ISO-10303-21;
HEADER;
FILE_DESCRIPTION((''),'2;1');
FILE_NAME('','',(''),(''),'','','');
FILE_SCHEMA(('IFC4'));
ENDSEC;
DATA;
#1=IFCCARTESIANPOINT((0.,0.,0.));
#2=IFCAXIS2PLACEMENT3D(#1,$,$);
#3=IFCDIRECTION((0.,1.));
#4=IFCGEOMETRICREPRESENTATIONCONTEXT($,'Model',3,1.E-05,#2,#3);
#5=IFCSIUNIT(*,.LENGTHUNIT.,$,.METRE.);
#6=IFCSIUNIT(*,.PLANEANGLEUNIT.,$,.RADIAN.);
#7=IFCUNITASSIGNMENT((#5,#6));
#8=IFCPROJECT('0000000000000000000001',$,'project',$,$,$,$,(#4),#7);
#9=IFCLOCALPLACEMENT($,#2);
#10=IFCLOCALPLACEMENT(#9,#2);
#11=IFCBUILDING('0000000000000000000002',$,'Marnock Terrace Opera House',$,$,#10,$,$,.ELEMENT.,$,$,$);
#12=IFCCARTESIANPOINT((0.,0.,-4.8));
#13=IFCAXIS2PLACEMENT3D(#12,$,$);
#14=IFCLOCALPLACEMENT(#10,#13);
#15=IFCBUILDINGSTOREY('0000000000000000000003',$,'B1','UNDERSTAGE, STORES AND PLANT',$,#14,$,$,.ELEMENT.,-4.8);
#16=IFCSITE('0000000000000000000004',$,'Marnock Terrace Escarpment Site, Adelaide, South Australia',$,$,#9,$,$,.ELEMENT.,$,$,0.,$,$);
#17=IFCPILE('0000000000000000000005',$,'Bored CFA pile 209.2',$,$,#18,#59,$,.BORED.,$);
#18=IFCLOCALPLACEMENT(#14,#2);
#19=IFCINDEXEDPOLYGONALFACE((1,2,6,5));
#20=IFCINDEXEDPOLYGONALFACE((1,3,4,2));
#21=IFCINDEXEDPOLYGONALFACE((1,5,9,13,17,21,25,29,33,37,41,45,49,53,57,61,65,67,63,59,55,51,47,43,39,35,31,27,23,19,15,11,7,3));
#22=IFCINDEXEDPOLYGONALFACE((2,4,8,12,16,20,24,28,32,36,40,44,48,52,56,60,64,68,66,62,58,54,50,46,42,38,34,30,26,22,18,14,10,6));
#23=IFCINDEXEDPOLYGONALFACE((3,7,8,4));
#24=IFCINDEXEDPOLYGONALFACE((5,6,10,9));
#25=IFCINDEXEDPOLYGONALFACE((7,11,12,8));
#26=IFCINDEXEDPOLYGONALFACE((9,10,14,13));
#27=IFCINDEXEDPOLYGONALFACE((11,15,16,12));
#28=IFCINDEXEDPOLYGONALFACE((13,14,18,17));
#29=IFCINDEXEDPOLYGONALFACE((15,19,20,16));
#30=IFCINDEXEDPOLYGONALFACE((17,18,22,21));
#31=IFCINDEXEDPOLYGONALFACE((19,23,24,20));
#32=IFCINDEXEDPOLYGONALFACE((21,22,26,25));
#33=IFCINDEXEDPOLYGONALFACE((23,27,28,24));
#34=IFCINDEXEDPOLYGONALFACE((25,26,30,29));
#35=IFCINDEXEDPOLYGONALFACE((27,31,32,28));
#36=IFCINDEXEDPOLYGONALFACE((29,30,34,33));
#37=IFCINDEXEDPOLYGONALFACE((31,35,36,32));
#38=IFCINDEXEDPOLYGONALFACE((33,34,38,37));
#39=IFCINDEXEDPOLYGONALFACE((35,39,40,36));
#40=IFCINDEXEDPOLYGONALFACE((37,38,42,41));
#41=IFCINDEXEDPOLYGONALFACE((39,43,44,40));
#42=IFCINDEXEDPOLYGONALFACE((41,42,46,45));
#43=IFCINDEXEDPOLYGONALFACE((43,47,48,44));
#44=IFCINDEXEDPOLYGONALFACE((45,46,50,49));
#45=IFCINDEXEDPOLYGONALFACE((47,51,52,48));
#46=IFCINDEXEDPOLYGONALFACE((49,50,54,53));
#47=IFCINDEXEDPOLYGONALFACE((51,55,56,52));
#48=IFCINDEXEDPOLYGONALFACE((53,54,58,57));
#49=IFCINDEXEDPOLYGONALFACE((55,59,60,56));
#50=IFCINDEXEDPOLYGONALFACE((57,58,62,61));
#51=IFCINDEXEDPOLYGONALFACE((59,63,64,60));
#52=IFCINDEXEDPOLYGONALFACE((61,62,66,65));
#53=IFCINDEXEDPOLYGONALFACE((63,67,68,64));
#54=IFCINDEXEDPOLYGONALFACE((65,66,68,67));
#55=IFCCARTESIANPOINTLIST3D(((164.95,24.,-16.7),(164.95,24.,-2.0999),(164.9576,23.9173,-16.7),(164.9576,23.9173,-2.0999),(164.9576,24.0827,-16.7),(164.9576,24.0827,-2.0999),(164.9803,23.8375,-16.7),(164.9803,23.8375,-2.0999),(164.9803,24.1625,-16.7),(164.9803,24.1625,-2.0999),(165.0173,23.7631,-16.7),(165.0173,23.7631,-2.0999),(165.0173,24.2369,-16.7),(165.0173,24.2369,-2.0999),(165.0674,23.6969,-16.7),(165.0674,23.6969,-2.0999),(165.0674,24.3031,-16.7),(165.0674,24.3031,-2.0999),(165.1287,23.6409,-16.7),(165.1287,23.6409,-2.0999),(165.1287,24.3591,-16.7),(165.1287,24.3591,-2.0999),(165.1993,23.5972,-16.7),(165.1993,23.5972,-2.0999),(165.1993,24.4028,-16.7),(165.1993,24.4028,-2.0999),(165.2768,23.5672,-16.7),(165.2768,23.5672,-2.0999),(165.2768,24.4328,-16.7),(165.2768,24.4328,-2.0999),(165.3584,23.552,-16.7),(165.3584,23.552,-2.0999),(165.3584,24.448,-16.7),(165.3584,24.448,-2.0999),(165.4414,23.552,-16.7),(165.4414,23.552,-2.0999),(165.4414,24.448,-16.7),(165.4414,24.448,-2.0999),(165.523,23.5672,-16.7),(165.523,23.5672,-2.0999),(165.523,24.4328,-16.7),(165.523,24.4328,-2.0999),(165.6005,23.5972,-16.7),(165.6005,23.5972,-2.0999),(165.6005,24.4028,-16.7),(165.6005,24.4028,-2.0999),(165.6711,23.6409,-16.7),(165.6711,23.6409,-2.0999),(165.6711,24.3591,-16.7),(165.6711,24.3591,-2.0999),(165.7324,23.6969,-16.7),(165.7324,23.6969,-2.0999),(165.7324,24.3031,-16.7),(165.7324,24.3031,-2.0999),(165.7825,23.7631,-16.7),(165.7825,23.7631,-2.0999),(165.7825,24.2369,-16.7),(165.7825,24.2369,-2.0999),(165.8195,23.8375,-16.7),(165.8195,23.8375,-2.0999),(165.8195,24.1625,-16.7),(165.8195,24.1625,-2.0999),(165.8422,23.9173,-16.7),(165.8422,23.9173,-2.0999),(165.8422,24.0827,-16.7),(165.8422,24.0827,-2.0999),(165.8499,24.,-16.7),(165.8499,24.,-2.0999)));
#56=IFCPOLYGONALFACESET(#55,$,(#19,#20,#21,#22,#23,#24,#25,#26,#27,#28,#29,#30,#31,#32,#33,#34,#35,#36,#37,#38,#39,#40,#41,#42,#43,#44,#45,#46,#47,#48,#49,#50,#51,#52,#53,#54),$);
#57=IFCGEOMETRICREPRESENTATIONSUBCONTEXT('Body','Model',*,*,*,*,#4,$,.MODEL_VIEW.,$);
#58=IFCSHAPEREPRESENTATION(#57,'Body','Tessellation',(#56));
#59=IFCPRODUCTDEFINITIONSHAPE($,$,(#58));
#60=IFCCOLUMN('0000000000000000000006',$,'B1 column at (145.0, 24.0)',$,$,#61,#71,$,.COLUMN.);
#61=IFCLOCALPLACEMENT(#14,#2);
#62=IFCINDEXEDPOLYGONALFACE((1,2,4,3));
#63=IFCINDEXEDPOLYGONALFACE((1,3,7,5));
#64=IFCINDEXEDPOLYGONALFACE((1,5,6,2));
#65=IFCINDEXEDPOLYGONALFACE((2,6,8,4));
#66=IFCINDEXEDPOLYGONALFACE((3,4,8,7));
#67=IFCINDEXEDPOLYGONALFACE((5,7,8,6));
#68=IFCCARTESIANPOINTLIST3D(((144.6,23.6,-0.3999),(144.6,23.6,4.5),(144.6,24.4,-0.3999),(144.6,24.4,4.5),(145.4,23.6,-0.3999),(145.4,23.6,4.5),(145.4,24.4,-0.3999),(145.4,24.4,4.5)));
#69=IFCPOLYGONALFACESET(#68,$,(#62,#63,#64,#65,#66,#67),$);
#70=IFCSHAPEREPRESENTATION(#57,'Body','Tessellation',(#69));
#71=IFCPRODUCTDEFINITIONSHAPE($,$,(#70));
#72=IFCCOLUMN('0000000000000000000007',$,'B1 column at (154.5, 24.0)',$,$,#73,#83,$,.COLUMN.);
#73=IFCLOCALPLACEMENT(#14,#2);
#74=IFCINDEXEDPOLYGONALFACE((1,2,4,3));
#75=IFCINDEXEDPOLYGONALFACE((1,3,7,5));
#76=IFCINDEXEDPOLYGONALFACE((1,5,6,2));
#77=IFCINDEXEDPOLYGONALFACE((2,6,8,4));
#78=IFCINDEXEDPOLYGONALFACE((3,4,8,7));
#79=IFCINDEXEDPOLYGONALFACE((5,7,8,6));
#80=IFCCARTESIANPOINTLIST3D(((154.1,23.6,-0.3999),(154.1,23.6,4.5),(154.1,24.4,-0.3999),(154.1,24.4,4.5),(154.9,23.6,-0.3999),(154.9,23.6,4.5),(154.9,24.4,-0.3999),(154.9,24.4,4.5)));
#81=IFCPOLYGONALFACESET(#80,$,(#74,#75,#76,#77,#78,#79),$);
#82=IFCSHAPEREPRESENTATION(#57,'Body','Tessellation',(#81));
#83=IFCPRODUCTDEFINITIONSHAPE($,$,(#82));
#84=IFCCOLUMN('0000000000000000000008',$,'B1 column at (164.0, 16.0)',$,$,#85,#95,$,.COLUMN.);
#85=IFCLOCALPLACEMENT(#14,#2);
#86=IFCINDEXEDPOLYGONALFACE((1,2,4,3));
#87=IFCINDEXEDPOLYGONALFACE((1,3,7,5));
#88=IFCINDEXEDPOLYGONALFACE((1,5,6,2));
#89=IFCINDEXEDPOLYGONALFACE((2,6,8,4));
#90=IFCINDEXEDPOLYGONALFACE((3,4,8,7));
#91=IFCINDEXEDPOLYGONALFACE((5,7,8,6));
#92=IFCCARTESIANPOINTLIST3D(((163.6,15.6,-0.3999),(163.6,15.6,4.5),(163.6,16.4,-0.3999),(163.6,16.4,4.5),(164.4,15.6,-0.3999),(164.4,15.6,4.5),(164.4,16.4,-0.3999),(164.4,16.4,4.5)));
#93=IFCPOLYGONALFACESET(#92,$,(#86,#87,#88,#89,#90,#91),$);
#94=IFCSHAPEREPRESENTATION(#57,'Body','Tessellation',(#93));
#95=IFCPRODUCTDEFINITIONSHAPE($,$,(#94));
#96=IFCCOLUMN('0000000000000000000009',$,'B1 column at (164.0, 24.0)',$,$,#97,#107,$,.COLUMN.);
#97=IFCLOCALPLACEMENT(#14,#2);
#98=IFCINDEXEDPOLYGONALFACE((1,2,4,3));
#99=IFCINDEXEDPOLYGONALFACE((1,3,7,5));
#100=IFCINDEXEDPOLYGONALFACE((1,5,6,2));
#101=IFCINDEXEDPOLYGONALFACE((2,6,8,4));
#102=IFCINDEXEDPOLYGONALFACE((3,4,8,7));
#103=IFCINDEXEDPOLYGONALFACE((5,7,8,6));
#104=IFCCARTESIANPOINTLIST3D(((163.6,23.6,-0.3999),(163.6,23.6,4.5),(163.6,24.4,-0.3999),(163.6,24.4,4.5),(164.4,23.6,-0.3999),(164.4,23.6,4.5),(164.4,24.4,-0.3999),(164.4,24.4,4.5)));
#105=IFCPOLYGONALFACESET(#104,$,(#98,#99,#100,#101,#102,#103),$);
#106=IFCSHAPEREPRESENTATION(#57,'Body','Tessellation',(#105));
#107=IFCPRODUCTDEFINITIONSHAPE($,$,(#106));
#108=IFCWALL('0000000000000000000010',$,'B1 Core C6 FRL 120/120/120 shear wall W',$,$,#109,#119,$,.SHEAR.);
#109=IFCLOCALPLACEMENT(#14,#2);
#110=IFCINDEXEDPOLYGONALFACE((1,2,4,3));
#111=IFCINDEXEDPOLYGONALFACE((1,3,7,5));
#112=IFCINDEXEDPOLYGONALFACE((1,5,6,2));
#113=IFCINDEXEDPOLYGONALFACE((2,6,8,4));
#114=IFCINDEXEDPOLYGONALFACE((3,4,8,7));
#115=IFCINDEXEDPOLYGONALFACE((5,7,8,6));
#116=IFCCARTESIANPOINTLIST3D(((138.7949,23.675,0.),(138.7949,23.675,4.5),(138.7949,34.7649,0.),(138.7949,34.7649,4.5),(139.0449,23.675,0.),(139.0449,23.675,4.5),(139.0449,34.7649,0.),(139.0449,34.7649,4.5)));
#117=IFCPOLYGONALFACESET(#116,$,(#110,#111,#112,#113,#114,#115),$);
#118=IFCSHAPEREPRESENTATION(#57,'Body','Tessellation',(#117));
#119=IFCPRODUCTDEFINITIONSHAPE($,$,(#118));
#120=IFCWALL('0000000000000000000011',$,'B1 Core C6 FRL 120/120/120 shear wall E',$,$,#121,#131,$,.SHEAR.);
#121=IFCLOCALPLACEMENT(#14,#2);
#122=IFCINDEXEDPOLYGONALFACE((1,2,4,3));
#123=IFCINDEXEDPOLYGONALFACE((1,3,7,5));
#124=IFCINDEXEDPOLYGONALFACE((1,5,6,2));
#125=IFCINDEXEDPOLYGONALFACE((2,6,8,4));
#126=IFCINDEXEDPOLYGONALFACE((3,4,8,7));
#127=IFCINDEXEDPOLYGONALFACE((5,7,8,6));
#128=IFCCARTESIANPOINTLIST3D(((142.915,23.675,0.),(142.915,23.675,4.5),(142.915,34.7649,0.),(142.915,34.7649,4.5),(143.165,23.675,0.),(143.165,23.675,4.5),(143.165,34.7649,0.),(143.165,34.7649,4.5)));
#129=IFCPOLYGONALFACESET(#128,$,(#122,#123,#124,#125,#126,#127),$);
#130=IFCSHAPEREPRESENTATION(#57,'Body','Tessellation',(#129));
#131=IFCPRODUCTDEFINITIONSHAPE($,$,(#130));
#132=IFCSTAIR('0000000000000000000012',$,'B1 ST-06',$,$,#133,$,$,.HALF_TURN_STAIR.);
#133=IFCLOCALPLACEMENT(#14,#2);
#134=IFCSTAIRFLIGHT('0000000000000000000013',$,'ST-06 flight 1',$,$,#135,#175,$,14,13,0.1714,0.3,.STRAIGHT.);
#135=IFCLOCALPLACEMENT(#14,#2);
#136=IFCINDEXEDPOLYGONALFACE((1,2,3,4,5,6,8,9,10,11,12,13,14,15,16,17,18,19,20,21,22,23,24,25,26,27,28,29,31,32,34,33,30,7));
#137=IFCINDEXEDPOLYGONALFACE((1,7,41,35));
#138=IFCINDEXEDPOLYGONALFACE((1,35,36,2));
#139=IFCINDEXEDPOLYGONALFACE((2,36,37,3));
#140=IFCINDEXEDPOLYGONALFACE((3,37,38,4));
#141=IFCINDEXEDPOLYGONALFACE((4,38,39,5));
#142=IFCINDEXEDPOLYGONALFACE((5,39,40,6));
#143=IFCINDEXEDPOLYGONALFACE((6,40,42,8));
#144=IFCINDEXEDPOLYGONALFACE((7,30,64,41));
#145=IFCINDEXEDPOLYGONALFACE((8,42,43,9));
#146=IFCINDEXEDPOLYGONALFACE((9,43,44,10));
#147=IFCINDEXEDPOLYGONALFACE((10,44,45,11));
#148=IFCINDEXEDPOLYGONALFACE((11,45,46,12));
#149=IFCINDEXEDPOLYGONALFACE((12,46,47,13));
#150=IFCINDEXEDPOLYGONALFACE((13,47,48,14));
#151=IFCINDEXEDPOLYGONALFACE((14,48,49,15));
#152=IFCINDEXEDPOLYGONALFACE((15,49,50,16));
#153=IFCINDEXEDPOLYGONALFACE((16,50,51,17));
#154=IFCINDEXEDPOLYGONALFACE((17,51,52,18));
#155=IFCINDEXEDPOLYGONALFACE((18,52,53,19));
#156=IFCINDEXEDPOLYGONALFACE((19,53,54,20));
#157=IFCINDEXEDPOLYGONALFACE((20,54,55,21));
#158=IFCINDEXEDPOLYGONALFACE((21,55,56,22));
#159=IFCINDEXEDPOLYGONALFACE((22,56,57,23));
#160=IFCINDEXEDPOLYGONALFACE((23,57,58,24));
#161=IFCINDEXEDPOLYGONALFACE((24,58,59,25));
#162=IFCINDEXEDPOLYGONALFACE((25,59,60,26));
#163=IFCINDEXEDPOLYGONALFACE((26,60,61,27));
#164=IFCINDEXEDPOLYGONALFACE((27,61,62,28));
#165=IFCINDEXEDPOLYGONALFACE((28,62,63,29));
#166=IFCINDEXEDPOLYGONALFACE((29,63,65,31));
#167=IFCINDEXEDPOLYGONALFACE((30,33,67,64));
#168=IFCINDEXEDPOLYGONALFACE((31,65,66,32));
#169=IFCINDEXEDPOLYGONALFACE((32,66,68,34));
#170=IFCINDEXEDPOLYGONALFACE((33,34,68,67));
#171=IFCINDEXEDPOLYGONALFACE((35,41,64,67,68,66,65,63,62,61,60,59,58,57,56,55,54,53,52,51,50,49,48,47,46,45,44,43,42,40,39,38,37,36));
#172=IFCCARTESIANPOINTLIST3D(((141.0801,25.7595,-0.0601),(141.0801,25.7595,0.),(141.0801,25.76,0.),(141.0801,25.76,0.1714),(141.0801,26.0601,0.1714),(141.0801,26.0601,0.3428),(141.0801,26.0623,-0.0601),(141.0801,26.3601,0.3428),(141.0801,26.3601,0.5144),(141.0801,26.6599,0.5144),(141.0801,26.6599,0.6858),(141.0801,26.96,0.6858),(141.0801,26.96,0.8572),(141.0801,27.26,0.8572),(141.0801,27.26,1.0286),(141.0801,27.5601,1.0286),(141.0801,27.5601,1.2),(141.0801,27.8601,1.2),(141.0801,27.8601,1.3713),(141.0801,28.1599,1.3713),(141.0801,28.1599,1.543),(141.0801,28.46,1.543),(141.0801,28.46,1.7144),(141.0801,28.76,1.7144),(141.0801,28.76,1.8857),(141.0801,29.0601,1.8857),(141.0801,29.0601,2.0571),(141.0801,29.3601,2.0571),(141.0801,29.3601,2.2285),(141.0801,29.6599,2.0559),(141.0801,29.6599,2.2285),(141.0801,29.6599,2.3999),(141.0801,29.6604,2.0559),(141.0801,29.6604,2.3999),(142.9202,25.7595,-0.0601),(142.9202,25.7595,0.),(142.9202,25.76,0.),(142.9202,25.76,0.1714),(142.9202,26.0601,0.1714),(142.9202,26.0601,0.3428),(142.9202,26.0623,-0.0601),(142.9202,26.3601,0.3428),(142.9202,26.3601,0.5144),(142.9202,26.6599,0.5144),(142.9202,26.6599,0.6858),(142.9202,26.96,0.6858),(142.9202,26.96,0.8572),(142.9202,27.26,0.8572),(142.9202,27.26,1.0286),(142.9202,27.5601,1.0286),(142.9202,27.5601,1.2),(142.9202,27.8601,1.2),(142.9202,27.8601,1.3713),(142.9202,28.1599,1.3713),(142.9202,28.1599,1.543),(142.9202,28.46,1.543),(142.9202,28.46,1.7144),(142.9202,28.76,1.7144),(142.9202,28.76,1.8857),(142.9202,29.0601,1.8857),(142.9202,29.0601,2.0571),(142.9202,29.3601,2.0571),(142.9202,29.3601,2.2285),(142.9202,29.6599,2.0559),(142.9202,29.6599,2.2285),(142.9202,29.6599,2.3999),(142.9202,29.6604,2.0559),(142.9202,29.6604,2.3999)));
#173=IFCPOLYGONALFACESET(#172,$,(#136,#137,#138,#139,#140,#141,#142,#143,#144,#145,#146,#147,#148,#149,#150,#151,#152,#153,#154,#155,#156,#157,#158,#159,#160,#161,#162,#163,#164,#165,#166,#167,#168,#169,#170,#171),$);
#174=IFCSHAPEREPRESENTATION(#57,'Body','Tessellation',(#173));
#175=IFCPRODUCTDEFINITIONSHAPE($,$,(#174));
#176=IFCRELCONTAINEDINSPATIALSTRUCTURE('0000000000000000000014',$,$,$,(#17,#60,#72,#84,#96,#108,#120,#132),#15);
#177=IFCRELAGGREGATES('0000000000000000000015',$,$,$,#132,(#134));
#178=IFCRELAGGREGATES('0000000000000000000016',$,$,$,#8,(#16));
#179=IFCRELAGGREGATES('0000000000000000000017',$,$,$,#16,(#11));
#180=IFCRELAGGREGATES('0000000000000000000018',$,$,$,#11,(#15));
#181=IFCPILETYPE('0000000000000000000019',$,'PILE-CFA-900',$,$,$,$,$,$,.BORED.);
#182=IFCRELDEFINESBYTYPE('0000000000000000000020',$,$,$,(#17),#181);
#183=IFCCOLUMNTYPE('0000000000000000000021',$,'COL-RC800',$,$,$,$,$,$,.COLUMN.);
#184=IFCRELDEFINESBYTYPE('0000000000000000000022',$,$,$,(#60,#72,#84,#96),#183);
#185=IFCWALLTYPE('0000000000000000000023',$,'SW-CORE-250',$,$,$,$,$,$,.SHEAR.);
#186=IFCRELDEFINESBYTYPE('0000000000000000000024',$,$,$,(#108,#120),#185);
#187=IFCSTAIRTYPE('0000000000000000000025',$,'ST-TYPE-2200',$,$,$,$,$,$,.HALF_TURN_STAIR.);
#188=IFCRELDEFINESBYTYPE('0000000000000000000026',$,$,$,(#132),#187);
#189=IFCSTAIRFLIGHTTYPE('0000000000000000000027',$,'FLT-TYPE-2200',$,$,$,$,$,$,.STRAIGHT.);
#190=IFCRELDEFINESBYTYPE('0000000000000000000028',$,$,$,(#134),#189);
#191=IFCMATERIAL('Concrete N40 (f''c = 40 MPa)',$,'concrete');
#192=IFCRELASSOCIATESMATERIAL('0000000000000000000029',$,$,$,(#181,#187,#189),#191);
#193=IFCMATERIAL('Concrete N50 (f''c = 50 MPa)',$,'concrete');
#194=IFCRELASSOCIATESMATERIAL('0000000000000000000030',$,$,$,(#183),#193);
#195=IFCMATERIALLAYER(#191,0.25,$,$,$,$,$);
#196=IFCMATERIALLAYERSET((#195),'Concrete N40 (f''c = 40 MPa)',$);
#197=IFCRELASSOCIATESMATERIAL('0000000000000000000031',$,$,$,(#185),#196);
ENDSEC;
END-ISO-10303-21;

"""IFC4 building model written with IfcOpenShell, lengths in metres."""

from ifc_helpers import new_model, si_unit, direction, frame, frame_2d, origin, origin_2d, place, context, subcontext, project, spatial, polyline, rectangle, circle, outline, extrude, material, layer, layer_set, material_profile, profile_set, type_object, element, aggregate, save


model = new_model("IFC4")

# Units and contexts
model_context = context("Model", 3, precision=1e-05, world=origin(), true_north=direction((0.0, 1.0)))
body_context = subcontext(model_context, "Body", "Model", "MODEL_VIEW")
ifc_project = project(units=[si_unit("LENGTHUNIT", "METRE"), si_unit("PLANEANGLEUNIT", "RADIAN")], contexts=[model_context])

# Site, building, storey
site_placement = place(None, origin())
site = spatial("IfcSite", under=ifc_project, at=site_placement, Name="Marnock Terrace Escarpment Site, Adelaide, South Australia", CompositionType="ELEMENT", RefElevation=0.0)
building_placement = place(site_placement, origin())
building = spatial("IfcBuilding", under=site, at=building_placement, Name="Marnock Terrace Opera House", CompositionType="ELEMENT")
storey_placement = place(building_placement, frame((0.0, 0.0, -4.8)))
storey = spatial("IfcBuildingStorey", under=building, at=storey_placement, Name="B1", Description="UNDERSTAGE, STORES AND PLANT", CompositionType="ELEMENT", Elevation=-4.8)

# Shared definitions
ifc_material_1 = material(Name="Concrete N40 (f'c = 40 MPa)", Category="concrete")

# Pile
ifc_material_profile_1 = material_profile(ifc_material_1, circle(Radius=0.45, at=origin_2d()))
ifc_profile_set_1 = profile_set([ifc_material_profile_1], Name="Concrete N40 (f'c = 40 MPa)")
pile_type = type_object("IfcPileType", Name="PILE-CFA-900", PredefinedType="BORED", material=ifc_profile_set_1)
for number, where, z_axis, x_axis, name in (
    (1, (165.3999, 24.0, -2.0999), (0.0, 0.0, -1.0), (1.0, 0.0, 0.0), "Bored CFA pile 209.2"),
):
    element("IfcPile", number, at=place(storey_placement, frame(where, z_axis=z_axis, x_axis=x_axis)), inside=storey, type_object=pile_type, Name=name, PredefinedType="BORED", context=body_context, shape_type="SweptSolid", body=[
        extrude(circle(Radius=0.45, at=origin_2d()), origin(), (0.0, 0.0, 1.0), 14.6001),
    ])

# Columns
ifc_material_2 = material(Name="Concrete N50 (f'c = 50 MPa)", Category="concrete")
ifc_material_profile_2 = material_profile(ifc_material_2, rectangle(XDim=0.8, YDim=0.8, at=origin_2d()))
ifc_profile_set_2 = profile_set([ifc_material_profile_2], Name="Concrete N50 (f'c = 50 MPa)")
column_type = type_object("IfcColumnType", Name="COL-RC800", PredefinedType="COLUMN", material=ifc_profile_set_2)
for number, where, z_axis, x_axis, name in (
    (2, (145.0, 24.0, -0.3999), (0.0, 0.0, 1.0), (1.0, 0.0, 0.0), "B1 column at (145.0, 24.0)"),
    (3, (154.5, 24.0, -0.3999), (0.0, 0.0, 1.0), (1.0, 0.0, 0.0), "B1 column at (154.5, 24.0)"),
    (4, (164.0, 16.0, -0.3999), (0.0, 0.0, 1.0), (1.0, 0.0, 0.0), "B1 column at (164.0, 16.0)"),
    (5, (164.0, 24.0, -0.3999), (0.0, 0.0, 1.0), (1.0, 0.0, 0.0), "B1 column at (164.0, 24.0)"),
):
    element("IfcColumn", number, at=place(storey_placement, frame(where, z_axis=z_axis, x_axis=x_axis)), inside=storey, type_object=column_type, Name=name, PredefinedType="COLUMN", context=body_context, shape_type="SweptSolid", body=[
        extrude(rectangle(XDim=0.8, YDim=0.8, at=origin_2d()), origin(), (0.0, 0.0, 1.0), 4.8999),
    ])

# Walls
ifc_layer_1 = layer(ifc_material_1, 0.25)
ifc_layer_set_1 = layer_set([ifc_layer_1], Name="Concrete N40 (f'c = 40 MPa)")
wall_type = type_object("IfcWallType", Name="SW-CORE-250", PredefinedType="SHEAR", material=ifc_layer_set_1)
for number, where, z_axis, x_axis, name in (
    (6, (138.9199, 23.675, 0.0), (0.0, 0.0, 1.0), (0.0, 1.0, 0.0), "B1 Core C6 FRL 120/120/120 shear wall W"),
    (7, (143.04, 23.675, 0.0), (0.0, 0.0, 1.0), (0.0, 1.0, 0.0), "B1 Core C6 FRL 120/120/120 shear wall E"),
):
    element("IfcWall", number, at=place(storey_placement, frame(where, z_axis=z_axis, x_axis=x_axis)), inside=storey, type_object=wall_type, Name=name, PredefinedType="SHEAR", context=body_context, shape_type="SweptSolid", body=[
        extrude(rectangle(XDim=11.0898, YDim=0.25, at=frame_2d((5.5449, 0.0))), origin(), (0.0, 0.0, 1.0), 4.5),
    ])

# Stair, stair flight
stair_type = type_object("IfcStairType", Name="ST-TYPE-2200", PredefinedType="HALF_TURN_STAIR", material=ifc_material_1)
stair_placement = place(storey_placement, origin())
stair = element("IfcStair", 8, at=stair_placement, inside=storey, type_object=stair_type, Name="B1 ST-06", PredefinedType="HALF_TURN_STAIR")
stair_flight_type = type_object("IfcStairFlightType", Name="FLT-TYPE-2200", PredefinedType="STRAIGHT", material=ifc_material_1)
stair_flight_placement = place(storey_placement, frame((142.0, 25.76, 0.0), z_axis=(0.0, 0.0, 1.0), x_axis=(0.0, 1.0, 0.0)))
stair_flight = element("IfcStairFlight", 9, at=stair_flight_placement, type_object=stair_flight_type, Name="ST-06 flight 1", NumberOfRisers=14, NumberOfTreads=13, PredefinedType="STRAIGHT", RiserHeight=0.1714, TreadLength=0.3, context=body_context, shape_type="SweptSolid", body=[
    extrude(outline(polyline([(-0.0005, -0.0601), (-0.0005, 0.0), (0.0, 0.0), (0.0, 0.1714), (0.3, 0.1714), (0.3, 0.3428), (0.6001, 0.3428), (0.6001, 0.5144), (0.8999, 0.5144), (0.8999, 0.6858), (1.2, 0.6858), (1.2, 0.8572), (1.5, 0.8572), (1.5, 1.0286), (1.8, 1.0286), (1.8, 1.2), (2.1001, 1.2), (2.1001, 1.3713), (2.3999, 1.3713), (2.3999, 1.543), (2.7, 1.543), (2.7, 1.7144), (3.0, 1.7144), (3.0, 1.8857), (3.3, 1.8857), (3.3, 2.0571), (3.6001, 2.0571), (3.6001, 2.2285), (3.8999, 2.2285), (3.8999, 2.3999), (3.9004, 2.3999), (3.9004, 2.0559), (3.8999, 2.0559), (0.3022, -0.0601), (-0.0005, -0.0601)])), frame((0.0, 0.9199, 0.0), z_axis=(0.0, -1.0, 0.0), x_axis=(1.0, 0.0, 0.0)), (0.0, 0.0, 1.0), 1.8401),
])
aggregate(stair, [stair_flight])

save(model, "model.ifc")
